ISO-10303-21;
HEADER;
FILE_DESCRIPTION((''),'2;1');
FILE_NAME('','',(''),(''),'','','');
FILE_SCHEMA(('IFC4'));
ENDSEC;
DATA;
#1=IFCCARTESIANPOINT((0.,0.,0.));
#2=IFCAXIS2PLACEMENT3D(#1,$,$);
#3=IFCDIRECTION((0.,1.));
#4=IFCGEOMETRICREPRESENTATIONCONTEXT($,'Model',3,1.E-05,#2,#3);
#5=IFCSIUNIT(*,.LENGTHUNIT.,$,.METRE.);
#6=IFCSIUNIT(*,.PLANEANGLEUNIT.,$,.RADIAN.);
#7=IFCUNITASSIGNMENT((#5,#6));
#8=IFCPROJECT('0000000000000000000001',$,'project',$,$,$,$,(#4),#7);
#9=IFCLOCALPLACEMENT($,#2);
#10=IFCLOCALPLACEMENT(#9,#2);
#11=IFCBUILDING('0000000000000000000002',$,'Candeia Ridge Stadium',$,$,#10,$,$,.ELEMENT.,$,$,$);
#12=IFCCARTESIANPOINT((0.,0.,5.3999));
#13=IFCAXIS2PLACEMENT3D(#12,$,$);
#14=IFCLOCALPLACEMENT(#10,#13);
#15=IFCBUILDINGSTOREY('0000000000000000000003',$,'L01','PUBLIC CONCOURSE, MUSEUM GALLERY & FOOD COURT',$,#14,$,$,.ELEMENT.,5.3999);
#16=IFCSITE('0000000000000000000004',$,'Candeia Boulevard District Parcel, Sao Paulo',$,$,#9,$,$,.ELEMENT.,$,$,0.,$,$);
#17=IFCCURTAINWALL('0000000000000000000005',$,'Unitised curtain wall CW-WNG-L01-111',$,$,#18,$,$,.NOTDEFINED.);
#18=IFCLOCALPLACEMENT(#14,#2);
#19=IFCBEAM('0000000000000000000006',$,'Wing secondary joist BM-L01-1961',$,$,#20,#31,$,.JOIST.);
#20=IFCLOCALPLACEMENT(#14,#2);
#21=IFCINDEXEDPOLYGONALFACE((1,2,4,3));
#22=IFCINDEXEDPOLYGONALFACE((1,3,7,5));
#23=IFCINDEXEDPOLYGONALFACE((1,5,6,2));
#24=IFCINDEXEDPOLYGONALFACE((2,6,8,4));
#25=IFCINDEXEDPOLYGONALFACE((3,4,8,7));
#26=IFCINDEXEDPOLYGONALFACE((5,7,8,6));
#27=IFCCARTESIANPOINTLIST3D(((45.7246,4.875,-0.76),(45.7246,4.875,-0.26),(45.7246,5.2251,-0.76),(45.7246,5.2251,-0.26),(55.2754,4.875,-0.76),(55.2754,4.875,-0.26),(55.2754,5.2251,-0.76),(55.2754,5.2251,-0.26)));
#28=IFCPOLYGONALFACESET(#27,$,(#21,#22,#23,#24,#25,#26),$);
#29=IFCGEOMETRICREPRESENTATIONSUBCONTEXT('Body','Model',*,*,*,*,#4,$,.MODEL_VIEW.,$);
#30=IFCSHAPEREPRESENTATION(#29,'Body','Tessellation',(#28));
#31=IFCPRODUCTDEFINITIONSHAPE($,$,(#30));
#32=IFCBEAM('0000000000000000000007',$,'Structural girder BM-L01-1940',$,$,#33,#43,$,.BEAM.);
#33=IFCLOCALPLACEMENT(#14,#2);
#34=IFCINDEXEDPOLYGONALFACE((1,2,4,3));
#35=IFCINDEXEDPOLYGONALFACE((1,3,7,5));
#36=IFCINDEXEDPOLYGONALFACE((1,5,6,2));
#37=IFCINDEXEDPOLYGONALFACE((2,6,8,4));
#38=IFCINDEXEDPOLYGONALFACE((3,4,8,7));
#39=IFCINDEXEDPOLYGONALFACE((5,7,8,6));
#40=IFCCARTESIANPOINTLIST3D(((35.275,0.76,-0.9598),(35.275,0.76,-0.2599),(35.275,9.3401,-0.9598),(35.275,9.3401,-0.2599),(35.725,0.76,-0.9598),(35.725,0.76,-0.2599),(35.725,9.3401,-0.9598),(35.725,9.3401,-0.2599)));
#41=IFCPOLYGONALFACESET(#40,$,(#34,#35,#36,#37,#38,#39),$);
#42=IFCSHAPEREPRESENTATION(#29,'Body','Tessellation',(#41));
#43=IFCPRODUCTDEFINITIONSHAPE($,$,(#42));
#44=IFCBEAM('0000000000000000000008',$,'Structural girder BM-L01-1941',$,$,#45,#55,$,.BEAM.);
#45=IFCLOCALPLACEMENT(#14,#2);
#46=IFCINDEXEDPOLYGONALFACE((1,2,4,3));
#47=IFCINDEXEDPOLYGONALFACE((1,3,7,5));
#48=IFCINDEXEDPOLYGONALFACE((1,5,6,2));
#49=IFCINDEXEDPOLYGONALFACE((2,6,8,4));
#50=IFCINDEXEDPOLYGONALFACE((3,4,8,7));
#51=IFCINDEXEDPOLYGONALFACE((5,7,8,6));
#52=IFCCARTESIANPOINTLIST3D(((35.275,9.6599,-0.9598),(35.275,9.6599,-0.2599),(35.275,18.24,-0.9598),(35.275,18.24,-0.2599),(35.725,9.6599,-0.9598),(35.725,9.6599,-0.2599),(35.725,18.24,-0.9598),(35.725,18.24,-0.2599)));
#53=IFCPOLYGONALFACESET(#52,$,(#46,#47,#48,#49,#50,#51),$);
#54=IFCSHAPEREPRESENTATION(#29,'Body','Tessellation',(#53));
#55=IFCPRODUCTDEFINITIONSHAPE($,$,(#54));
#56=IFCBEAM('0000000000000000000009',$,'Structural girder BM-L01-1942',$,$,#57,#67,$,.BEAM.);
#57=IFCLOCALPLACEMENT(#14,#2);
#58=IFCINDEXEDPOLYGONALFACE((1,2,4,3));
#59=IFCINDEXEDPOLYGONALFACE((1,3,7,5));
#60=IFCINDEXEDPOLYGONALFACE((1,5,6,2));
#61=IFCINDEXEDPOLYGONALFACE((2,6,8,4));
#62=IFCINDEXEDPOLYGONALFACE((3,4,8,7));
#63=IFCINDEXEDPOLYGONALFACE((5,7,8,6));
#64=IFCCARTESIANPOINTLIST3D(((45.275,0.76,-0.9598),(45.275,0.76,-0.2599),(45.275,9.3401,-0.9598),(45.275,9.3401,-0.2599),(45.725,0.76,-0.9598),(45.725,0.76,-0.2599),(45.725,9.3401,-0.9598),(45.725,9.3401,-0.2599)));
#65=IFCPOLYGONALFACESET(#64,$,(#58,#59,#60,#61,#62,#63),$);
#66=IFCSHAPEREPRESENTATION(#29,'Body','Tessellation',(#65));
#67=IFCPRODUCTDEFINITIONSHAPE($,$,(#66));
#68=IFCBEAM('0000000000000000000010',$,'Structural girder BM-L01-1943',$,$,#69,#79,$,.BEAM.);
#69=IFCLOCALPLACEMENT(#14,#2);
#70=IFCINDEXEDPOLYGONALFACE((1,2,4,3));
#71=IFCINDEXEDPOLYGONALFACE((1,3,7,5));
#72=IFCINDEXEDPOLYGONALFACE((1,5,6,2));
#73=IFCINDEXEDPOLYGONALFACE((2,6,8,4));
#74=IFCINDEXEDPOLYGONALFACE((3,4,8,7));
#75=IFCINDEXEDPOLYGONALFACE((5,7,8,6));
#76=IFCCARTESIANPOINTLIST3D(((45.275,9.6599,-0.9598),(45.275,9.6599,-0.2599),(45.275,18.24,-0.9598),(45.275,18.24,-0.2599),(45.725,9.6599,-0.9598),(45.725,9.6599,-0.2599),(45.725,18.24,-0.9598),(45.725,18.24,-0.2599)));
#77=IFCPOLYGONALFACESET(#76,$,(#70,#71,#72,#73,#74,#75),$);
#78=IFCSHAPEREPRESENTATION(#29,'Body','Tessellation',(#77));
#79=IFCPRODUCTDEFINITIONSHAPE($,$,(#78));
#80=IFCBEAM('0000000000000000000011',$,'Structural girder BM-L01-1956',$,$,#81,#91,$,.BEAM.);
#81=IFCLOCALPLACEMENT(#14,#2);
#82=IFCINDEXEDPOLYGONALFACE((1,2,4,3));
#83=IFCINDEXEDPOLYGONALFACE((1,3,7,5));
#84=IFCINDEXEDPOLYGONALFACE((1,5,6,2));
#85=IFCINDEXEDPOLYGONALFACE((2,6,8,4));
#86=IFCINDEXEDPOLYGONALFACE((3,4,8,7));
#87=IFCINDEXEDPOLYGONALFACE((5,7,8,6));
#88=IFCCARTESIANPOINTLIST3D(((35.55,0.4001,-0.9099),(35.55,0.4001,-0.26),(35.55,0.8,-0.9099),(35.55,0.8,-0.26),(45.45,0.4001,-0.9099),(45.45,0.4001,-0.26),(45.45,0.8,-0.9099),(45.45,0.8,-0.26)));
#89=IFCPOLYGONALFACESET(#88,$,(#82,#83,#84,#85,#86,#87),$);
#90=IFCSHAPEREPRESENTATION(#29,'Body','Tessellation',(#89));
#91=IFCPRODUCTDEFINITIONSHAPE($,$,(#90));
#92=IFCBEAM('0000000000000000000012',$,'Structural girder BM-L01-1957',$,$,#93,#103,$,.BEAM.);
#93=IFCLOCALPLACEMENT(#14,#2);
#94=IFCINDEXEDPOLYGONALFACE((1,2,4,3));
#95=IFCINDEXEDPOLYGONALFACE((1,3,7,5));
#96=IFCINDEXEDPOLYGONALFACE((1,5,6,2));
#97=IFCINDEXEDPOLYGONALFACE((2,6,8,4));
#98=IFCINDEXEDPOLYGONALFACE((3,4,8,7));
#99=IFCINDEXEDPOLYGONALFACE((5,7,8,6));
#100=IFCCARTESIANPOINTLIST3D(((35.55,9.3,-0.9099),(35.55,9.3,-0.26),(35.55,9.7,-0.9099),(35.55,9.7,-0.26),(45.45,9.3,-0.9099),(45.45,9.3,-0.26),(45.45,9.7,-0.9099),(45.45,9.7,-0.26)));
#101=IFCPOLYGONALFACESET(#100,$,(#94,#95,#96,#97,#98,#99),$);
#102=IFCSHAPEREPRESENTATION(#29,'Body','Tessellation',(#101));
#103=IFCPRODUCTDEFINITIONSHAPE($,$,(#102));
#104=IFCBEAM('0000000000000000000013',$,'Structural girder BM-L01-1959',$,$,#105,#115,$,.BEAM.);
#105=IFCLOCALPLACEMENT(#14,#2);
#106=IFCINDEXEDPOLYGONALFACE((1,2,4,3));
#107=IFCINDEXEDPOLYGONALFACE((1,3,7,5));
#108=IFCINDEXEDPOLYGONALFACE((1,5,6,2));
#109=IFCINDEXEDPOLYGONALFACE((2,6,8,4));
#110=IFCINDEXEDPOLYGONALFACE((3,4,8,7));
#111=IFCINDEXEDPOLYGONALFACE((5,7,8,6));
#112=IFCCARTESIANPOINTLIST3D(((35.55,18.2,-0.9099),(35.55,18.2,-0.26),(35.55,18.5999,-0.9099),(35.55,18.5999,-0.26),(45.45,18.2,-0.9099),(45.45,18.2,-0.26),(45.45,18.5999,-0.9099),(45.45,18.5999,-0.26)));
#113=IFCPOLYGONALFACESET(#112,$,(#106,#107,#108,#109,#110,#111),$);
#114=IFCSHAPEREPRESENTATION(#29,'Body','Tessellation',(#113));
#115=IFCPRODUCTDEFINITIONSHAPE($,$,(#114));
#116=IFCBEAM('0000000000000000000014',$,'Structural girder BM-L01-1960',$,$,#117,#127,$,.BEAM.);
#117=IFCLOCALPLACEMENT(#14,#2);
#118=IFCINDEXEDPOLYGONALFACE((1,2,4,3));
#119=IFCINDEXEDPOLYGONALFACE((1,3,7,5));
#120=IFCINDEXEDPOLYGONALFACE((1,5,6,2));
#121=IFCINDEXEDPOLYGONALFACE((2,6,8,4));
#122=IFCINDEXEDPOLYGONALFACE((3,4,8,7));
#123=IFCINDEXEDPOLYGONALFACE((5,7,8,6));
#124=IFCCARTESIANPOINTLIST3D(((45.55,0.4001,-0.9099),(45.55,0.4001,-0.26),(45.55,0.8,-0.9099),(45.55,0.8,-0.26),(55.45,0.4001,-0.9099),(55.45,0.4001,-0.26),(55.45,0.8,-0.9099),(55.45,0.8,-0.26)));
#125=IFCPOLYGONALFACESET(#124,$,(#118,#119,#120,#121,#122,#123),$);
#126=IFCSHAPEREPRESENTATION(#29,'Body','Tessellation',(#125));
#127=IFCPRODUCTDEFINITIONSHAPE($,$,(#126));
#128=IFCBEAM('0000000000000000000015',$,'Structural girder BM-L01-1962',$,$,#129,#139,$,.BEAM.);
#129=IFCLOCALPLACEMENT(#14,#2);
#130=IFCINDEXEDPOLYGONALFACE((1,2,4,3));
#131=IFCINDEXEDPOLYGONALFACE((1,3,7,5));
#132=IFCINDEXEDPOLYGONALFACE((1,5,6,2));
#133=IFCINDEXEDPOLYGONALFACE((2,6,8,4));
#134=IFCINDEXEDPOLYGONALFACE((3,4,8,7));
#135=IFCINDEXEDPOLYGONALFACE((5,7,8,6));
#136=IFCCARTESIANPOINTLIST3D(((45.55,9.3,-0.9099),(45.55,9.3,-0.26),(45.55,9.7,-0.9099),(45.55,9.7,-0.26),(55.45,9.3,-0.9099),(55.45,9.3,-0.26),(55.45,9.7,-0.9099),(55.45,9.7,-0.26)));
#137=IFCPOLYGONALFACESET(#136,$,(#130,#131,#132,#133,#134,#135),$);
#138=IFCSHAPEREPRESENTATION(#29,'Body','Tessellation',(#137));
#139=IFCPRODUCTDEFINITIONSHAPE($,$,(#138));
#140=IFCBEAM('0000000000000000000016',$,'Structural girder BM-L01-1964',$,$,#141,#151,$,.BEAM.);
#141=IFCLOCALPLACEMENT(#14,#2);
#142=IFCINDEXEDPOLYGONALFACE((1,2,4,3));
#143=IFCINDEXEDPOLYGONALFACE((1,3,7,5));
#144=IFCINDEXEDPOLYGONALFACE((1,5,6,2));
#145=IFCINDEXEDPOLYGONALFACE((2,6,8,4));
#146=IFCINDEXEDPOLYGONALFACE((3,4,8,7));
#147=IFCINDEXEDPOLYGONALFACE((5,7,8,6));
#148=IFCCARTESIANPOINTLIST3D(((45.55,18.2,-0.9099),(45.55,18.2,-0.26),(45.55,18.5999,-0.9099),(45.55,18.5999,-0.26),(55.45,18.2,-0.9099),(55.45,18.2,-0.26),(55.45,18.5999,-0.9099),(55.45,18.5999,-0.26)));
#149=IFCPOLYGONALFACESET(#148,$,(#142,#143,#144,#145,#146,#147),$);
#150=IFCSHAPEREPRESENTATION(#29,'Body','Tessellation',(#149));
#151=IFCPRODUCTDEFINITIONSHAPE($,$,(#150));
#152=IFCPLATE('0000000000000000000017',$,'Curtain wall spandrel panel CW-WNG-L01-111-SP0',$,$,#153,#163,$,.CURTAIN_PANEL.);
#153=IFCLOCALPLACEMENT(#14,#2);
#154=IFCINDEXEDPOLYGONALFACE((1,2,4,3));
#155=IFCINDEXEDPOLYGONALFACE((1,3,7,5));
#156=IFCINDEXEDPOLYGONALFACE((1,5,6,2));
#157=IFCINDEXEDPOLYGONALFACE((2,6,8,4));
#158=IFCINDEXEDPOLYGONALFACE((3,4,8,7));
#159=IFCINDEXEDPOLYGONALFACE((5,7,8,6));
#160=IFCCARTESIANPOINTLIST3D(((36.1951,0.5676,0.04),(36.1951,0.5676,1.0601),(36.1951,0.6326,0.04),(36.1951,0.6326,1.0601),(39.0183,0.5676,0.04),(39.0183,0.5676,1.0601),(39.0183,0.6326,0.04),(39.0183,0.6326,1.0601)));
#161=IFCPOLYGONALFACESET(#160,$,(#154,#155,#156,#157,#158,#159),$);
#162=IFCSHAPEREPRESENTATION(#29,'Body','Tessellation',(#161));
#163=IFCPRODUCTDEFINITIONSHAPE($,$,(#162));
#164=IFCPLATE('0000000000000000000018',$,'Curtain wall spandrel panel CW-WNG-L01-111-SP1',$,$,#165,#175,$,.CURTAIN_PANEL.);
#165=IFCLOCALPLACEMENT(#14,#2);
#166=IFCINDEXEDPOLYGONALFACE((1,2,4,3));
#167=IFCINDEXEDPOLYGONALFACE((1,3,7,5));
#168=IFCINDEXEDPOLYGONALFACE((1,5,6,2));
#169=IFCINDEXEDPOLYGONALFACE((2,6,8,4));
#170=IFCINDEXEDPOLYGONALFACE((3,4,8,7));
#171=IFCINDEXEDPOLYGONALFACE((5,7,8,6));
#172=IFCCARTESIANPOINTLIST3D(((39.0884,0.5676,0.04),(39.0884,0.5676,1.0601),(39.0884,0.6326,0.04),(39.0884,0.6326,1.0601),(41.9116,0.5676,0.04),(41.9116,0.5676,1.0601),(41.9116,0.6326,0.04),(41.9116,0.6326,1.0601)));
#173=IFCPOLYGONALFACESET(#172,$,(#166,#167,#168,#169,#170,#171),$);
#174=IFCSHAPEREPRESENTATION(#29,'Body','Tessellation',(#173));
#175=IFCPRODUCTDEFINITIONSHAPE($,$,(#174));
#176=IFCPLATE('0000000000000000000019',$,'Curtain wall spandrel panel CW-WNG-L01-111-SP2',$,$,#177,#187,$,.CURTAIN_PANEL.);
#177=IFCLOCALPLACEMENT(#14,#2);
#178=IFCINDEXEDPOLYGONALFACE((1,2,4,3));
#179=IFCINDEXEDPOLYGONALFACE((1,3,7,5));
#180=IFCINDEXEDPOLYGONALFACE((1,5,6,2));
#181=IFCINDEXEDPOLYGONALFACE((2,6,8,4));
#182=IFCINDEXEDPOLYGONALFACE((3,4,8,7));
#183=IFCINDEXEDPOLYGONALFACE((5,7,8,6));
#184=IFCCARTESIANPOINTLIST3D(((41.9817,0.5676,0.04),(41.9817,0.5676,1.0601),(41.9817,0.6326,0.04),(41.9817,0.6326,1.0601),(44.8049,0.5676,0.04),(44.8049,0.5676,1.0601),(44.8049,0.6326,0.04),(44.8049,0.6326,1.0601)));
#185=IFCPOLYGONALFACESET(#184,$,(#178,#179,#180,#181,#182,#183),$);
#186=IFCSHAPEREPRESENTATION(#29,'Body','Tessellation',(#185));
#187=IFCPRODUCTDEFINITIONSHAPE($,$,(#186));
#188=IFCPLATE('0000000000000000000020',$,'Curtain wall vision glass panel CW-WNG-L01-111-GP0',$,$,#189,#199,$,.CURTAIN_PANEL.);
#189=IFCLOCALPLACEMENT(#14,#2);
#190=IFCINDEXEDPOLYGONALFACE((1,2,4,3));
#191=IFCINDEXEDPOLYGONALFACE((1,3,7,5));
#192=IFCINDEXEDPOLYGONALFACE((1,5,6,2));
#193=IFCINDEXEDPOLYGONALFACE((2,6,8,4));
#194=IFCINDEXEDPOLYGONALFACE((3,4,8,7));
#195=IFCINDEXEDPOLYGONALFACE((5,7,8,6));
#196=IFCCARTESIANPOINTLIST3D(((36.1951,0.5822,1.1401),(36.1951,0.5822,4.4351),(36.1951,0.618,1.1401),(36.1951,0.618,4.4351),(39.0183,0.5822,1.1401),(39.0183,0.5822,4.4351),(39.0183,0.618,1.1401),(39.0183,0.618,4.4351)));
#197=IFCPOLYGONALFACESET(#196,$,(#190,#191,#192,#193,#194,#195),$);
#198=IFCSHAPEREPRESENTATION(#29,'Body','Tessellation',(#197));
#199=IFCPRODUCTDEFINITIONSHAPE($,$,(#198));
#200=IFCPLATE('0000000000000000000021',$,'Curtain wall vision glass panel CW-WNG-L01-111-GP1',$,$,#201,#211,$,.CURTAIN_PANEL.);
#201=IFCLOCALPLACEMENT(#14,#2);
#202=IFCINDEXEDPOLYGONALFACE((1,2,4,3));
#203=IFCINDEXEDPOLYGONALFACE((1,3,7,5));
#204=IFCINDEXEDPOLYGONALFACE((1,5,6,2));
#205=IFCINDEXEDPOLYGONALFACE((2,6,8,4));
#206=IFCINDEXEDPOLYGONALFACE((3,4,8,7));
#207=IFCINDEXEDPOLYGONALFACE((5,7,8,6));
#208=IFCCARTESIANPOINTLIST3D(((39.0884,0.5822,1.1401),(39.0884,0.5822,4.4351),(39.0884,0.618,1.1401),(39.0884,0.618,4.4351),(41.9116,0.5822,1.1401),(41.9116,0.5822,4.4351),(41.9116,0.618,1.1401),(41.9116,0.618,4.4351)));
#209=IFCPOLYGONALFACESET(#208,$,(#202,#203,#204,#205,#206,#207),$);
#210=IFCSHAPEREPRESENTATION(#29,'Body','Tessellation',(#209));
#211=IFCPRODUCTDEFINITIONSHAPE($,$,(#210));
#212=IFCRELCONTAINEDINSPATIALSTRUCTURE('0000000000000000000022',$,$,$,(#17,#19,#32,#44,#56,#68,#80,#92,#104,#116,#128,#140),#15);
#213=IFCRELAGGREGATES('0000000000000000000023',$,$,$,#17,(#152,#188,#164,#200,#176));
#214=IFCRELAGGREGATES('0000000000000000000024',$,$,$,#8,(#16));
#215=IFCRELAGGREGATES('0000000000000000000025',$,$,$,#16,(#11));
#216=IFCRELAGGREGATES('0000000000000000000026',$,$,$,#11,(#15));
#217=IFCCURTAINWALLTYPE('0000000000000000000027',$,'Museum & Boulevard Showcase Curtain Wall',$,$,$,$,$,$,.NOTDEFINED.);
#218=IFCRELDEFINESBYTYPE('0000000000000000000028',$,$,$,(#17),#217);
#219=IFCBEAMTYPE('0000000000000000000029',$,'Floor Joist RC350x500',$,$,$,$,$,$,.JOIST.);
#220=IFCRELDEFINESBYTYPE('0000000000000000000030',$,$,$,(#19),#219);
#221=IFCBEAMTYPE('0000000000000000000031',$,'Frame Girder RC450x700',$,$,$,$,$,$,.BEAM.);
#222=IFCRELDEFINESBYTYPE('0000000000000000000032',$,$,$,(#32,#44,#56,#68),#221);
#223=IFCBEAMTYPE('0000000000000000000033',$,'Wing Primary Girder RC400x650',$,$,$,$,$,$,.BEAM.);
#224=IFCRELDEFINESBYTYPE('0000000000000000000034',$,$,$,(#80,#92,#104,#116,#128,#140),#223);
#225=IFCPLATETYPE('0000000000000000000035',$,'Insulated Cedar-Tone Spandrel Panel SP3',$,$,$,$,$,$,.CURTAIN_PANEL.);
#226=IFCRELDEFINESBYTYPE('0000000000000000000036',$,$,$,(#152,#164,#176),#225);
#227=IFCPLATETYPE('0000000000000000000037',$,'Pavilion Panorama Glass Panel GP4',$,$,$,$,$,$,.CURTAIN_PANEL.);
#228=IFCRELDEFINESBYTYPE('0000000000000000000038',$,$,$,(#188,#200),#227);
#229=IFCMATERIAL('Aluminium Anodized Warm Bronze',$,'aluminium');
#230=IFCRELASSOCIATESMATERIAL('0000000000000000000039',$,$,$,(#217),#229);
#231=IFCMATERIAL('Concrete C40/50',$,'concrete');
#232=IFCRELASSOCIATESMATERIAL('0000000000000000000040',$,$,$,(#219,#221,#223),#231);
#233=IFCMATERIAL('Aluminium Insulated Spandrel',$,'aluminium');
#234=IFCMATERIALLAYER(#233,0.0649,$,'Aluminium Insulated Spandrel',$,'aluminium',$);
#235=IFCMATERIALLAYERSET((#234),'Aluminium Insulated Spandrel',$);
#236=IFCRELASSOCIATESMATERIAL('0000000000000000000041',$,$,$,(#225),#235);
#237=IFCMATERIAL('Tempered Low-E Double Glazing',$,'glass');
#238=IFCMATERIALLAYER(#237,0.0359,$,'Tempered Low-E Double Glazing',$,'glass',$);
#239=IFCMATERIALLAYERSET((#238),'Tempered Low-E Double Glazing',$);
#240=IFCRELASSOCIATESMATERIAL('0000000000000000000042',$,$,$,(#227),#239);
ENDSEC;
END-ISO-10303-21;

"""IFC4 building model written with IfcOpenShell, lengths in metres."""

from ifc_helpers import new_model, si_unit, direction, frame, origin, origin_2d, place, context, subcontext, project, spatial, rectangle, extrude, material, layer, layer_set, material_profile, profile_set, type_object, element, aggregate, save


model = new_model("IFC4")

# Units and contexts
model_context = context("Model", 3, precision=1e-05, world=origin(), true_north=direction((0.0, 1.0)))
body_context = subcontext(model_context, "Body", "Model", "MODEL_VIEW")
ifc_project = project(units=[si_unit("LENGTHUNIT", "METRE"), si_unit("PLANEANGLEUNIT", "RADIAN")], contexts=[model_context])

# Site, building, storey
site_placement = place(None, origin())
site = spatial("IfcSite", under=ifc_project, at=site_placement, Name="Candeia Boulevard District Parcel, Sao Paulo", CompositionType="ELEMENT", RefElevation=0.0)
building_placement = place(site_placement, origin())
building = spatial("IfcBuilding", under=site, at=building_placement, Name="Candeia Ridge Stadium", CompositionType="ELEMENT")
storey_placement = place(building_placement, frame((0.0, 0.0, 5.3999)))
storey = spatial("IfcBuildingStorey", under=building, at=storey_placement, Name="L01", Description="PUBLIC CONCOURSE, MUSEUM GALLERY & FOOD COURT", CompositionType="ELEMENT", Elevation=5.3999)

# Shared definitions
ifc_material_1 = material(Name="Concrete C40/50", Category="concrete")

# Curtain wall
ifc_material_2 = material(Name="Aluminium Anodized Warm Bronze", Category="aluminium")
curtain_wall_type = type_object("IfcCurtainWallType", Name="Museum & Boulevard Showcase Curtain Wall", PredefinedType="NOTDEFINED", material=ifc_material_2)
curtain_wall_placement = place(storey_placement, origin())
curtain_wall = element("IfcCurtainWall", 1, at=curtain_wall_placement, inside=storey, type_object=curtain_wall_type, Name="Unitised curtain wall CW-WNG-L01-111", PredefinedType="NOTDEFINED")

# Beams
ifc_material_profile_1 = material_profile(ifc_material_1, rectangle(XDim=0.3501, YDim=0.5, at=origin_2d()), Name="RC350x500", Category="concrete")
ifc_profile_set_1 = profile_set([ifc_material_profile_1], Name="Concrete C40/50")
beam_type_1 = type_object("IfcBeamType", Name="Floor Joist RC350x500", PredefinedType="JOIST", material=ifc_profile_set_1)
for number, where, z_axis, x_axis, name in (
    (2, (45.7246, 5.05, -0.51), (1.0, 0.0, 0.0), (0.0, 1.0, 0.0), "Wing secondary joist BM-L01-1961"),
):
    element("IfcBeam", number, at=place(storey_placement, frame(where, z_axis=z_axis, x_axis=x_axis)), inside=storey, type_object=beam_type_1, Name=name, PredefinedType="JOIST", context=body_context, shape_type="SweptSolid", body=[
        extrude(rectangle(XDim=0.3501, YDim=0.5, at=origin_2d()), origin(), (0.0, 0.0, 1.0), 9.5508),
    ])
ifc_material_profile_2 = material_profile(ifc_material_1, rectangle(XDim=0.45, YDim=0.7, at=origin_2d()), Name="RC450x700", Category="concrete")
ifc_profile_set_2 = profile_set([ifc_material_profile_2], Name="Concrete C40/50")
beam_type_2 = type_object("IfcBeamType", Name="Frame Girder RC450x700", PredefinedType="BEAM", material=ifc_profile_set_2)
for number, where, z_axis, x_axis, name in (
    (3, (35.5, 0.76, -0.6099), (0.0, 1.0, 0.0), (-1.0, 0.0, 0.0), "Structural girder BM-L01-1940"),
    (4, (35.5, 9.6599, -0.6099), (0.0, 1.0, 0.0), (-1.0, 0.0, 0.0), "Structural girder BM-L01-1941"),
    (5, (45.5, 0.76, -0.6099), (0.0, 1.0, 0.0), (-1.0, 0.0, 0.0), "Structural girder BM-L01-1942"),
    (6, (45.5, 9.6599, -0.6099), (0.0, 1.0, 0.0), (-1.0, 0.0, 0.0), "Structural girder BM-L01-1943"),
):
    element("IfcBeam", number, at=place(storey_placement, frame(where, z_axis=z_axis, x_axis=x_axis)), inside=storey, type_object=beam_type_2, Name=name, PredefinedType="BEAM", context=body_context, shape_type="SweptSolid", body=[
        extrude(rectangle(XDim=0.45, YDim=0.7, at=origin_2d()), origin(), (0.0, 0.0, 1.0), 8.5801),
    ])
ifc_material_profile_3 = material_profile(ifc_material_1, rectangle(XDim=0.3999, YDim=0.6499, at=origin_2d()), Name="RC400x650", Category="concrete")
ifc_profile_set_3 = profile_set([ifc_material_profile_3], Name="Concrete C40/50")
beam_type_3 = type_object("IfcBeamType", Name="Wing Primary Girder RC400x650", PredefinedType="BEAM", material=ifc_profile_set_3)
for number, where, z_axis, x_axis, name in (
    (7, (35.55, 0.6001, -0.585), (1.0, 0.0, 0.0), (0.0, 1.0, 0.0), "Structural girder BM-L01-1956"),
    (8, (35.55, 9.5, -0.585), (1.0, 0.0, 0.0), (0.0, 1.0, 0.0), "Structural girder BM-L01-1957"),
    (9, (35.55, 18.3999, -0.585), (1.0, 0.0, 0.0), (0.0, 1.0, 0.0), "Structural girder BM-L01-1959"),
    (10, (45.55, 0.6001, -0.585), (1.0, 0.0, 0.0), (0.0, 1.0, 0.0), "Structural girder BM-L01-1960"),
    (11, (45.55, 9.5, -0.585), (1.0, 0.0, 0.0), (0.0, 1.0, 0.0), "Structural girder BM-L01-1962"),
    (12, (45.55, 18.3999, -0.585), (1.0, 0.0, 0.0), (0.0, 1.0, 0.0), "Structural girder BM-L01-1964"),
):
    element("IfcBeam", number, at=place(storey_placement, frame(where, z_axis=z_axis, x_axis=x_axis)), inside=storey, type_object=beam_type_3, Name=name, PredefinedType="BEAM", context=body_context, shape_type="SweptSolid", body=[
        extrude(rectangle(XDim=0.3999, YDim=0.6499, at=origin_2d()), origin(), (0.0, 0.0, 1.0), 9.8999),
    ])

# Plates
ifc_material_3 = material(Name="Aluminium Insulated Spandrel", Category="aluminium")
ifc_layer_1 = layer(ifc_material_3, 0.0649, Name="Aluminium Insulated Spandrel", Category="aluminium")
ifc_layer_set_1 = layer_set([ifc_layer_1], Name="Aluminium Insulated Spandrel")
plate_type_1 = type_object("IfcPlateType", Name="Insulated Cedar-Tone Spandrel Panel SP3", PredefinedType="CURTAIN_PANEL", material=ifc_layer_set_1)
plate_1_placement = place(storey_placement, frame((37.6067, 0.6001, 0.04), z_axis=(0.0, 0.0, 1.0), x_axis=(1.0, 0.0, 0.0)))
plate_1 = element("IfcPlate", 13, at=plate_1_placement, type_object=plate_type_1, Name="Curtain wall spandrel panel CW-WNG-L01-111-SP0", PredefinedType="CURTAIN_PANEL", context=body_context, shape_type="SweptSolid", body=[
    extrude(rectangle(XDim=2.8232, YDim=0.0649, at=origin_2d()), origin(), (0.0, 0.0, 1.0), 1.02),
])
plate_2_placement = place(storey_placement, frame((40.5, 0.6001, 0.04), z_axis=(0.0, 0.0, 1.0), x_axis=(1.0, 0.0, 0.0)))
plate_2 = element("IfcPlate", 14, at=plate_2_placement, type_object=plate_type_1, Name="Curtain wall spandrel panel CW-WNG-L01-111-SP1", PredefinedType="CURTAIN_PANEL", context=body_context, shape_type="SweptSolid", body=[
    extrude(rectangle(XDim=2.8232, YDim=0.0649, at=origin_2d()), origin(), (0.0, 0.0, 1.0), 1.02),
])
plate_3_placement = place(storey_placement, frame((43.3933, 0.6001, 0.04), z_axis=(0.0, 0.0, 1.0), x_axis=(1.0, 0.0, 0.0)))
plate_3 = element("IfcPlate", 15, at=plate_3_placement, type_object=plate_type_1, Name="Curtain wall spandrel panel CW-WNG-L01-111-SP2", PredefinedType="CURTAIN_PANEL", context=body_context, shape_type="SweptSolid", body=[
    extrude(rectangle(XDim=2.8232, YDim=0.0649, at=origin_2d()), origin(), (0.0, 0.0, 1.0), 1.02),
])
ifc_material_4 = material(Name="Tempered Low-E Double Glazing", Category="glass")
ifc_layer_2 = layer(ifc_material_4, 0.0359, Name="Tempered Low-E Double Glazing", Category="glass")
ifc_layer_set_2 = layer_set([ifc_layer_2], Name="Tempered Low-E Double Glazing")
plate_type_2 = type_object("IfcPlateType", Name="Pavilion Panorama Glass Panel GP4", PredefinedType="CURTAIN_PANEL", material=ifc_layer_set_2)
plate_4_placement = place(storey_placement, frame((37.6067, 0.6001, 1.1401), z_axis=(0.0, 0.0, 1.0), x_axis=(1.0, 0.0, 0.0)))
plate_4 = element("IfcPlate", 16, at=plate_4_placement, type_object=plate_type_2, Name="Curtain wall vision glass panel CW-WNG-L01-111-GP0", PredefinedType="CURTAIN_PANEL", context=body_context, shape_type="SweptSolid", body=[
    extrude(rectangle(XDim=2.8232, YDim=0.0359, at=origin_2d()), origin(), (0.0, 0.0, 1.0), 3.2949),
])
plate_5_placement = place(storey_placement, frame((40.5, 0.6001, 1.1401), z_axis=(0.0, 0.0, 1.0), x_axis=(1.0, 0.0, 0.0)))
plate_5 = element("IfcPlate", 17, at=plate_5_placement, type_object=plate_type_2, Name="Curtain wall vision glass panel CW-WNG-L01-111-GP1", PredefinedType="CURTAIN_PANEL", context=body_context, shape_type="SweptSolid", body=[
    extrude(rectangle(XDim=2.8232, YDim=0.0359, at=origin_2d()), origin(), (0.0, 0.0, 1.0), 3.2949),
])
aggregate(curtain_wall, [plate_1, plate_4, plate_2, plate_5, plate_3])

save(model, "model.ifc")
